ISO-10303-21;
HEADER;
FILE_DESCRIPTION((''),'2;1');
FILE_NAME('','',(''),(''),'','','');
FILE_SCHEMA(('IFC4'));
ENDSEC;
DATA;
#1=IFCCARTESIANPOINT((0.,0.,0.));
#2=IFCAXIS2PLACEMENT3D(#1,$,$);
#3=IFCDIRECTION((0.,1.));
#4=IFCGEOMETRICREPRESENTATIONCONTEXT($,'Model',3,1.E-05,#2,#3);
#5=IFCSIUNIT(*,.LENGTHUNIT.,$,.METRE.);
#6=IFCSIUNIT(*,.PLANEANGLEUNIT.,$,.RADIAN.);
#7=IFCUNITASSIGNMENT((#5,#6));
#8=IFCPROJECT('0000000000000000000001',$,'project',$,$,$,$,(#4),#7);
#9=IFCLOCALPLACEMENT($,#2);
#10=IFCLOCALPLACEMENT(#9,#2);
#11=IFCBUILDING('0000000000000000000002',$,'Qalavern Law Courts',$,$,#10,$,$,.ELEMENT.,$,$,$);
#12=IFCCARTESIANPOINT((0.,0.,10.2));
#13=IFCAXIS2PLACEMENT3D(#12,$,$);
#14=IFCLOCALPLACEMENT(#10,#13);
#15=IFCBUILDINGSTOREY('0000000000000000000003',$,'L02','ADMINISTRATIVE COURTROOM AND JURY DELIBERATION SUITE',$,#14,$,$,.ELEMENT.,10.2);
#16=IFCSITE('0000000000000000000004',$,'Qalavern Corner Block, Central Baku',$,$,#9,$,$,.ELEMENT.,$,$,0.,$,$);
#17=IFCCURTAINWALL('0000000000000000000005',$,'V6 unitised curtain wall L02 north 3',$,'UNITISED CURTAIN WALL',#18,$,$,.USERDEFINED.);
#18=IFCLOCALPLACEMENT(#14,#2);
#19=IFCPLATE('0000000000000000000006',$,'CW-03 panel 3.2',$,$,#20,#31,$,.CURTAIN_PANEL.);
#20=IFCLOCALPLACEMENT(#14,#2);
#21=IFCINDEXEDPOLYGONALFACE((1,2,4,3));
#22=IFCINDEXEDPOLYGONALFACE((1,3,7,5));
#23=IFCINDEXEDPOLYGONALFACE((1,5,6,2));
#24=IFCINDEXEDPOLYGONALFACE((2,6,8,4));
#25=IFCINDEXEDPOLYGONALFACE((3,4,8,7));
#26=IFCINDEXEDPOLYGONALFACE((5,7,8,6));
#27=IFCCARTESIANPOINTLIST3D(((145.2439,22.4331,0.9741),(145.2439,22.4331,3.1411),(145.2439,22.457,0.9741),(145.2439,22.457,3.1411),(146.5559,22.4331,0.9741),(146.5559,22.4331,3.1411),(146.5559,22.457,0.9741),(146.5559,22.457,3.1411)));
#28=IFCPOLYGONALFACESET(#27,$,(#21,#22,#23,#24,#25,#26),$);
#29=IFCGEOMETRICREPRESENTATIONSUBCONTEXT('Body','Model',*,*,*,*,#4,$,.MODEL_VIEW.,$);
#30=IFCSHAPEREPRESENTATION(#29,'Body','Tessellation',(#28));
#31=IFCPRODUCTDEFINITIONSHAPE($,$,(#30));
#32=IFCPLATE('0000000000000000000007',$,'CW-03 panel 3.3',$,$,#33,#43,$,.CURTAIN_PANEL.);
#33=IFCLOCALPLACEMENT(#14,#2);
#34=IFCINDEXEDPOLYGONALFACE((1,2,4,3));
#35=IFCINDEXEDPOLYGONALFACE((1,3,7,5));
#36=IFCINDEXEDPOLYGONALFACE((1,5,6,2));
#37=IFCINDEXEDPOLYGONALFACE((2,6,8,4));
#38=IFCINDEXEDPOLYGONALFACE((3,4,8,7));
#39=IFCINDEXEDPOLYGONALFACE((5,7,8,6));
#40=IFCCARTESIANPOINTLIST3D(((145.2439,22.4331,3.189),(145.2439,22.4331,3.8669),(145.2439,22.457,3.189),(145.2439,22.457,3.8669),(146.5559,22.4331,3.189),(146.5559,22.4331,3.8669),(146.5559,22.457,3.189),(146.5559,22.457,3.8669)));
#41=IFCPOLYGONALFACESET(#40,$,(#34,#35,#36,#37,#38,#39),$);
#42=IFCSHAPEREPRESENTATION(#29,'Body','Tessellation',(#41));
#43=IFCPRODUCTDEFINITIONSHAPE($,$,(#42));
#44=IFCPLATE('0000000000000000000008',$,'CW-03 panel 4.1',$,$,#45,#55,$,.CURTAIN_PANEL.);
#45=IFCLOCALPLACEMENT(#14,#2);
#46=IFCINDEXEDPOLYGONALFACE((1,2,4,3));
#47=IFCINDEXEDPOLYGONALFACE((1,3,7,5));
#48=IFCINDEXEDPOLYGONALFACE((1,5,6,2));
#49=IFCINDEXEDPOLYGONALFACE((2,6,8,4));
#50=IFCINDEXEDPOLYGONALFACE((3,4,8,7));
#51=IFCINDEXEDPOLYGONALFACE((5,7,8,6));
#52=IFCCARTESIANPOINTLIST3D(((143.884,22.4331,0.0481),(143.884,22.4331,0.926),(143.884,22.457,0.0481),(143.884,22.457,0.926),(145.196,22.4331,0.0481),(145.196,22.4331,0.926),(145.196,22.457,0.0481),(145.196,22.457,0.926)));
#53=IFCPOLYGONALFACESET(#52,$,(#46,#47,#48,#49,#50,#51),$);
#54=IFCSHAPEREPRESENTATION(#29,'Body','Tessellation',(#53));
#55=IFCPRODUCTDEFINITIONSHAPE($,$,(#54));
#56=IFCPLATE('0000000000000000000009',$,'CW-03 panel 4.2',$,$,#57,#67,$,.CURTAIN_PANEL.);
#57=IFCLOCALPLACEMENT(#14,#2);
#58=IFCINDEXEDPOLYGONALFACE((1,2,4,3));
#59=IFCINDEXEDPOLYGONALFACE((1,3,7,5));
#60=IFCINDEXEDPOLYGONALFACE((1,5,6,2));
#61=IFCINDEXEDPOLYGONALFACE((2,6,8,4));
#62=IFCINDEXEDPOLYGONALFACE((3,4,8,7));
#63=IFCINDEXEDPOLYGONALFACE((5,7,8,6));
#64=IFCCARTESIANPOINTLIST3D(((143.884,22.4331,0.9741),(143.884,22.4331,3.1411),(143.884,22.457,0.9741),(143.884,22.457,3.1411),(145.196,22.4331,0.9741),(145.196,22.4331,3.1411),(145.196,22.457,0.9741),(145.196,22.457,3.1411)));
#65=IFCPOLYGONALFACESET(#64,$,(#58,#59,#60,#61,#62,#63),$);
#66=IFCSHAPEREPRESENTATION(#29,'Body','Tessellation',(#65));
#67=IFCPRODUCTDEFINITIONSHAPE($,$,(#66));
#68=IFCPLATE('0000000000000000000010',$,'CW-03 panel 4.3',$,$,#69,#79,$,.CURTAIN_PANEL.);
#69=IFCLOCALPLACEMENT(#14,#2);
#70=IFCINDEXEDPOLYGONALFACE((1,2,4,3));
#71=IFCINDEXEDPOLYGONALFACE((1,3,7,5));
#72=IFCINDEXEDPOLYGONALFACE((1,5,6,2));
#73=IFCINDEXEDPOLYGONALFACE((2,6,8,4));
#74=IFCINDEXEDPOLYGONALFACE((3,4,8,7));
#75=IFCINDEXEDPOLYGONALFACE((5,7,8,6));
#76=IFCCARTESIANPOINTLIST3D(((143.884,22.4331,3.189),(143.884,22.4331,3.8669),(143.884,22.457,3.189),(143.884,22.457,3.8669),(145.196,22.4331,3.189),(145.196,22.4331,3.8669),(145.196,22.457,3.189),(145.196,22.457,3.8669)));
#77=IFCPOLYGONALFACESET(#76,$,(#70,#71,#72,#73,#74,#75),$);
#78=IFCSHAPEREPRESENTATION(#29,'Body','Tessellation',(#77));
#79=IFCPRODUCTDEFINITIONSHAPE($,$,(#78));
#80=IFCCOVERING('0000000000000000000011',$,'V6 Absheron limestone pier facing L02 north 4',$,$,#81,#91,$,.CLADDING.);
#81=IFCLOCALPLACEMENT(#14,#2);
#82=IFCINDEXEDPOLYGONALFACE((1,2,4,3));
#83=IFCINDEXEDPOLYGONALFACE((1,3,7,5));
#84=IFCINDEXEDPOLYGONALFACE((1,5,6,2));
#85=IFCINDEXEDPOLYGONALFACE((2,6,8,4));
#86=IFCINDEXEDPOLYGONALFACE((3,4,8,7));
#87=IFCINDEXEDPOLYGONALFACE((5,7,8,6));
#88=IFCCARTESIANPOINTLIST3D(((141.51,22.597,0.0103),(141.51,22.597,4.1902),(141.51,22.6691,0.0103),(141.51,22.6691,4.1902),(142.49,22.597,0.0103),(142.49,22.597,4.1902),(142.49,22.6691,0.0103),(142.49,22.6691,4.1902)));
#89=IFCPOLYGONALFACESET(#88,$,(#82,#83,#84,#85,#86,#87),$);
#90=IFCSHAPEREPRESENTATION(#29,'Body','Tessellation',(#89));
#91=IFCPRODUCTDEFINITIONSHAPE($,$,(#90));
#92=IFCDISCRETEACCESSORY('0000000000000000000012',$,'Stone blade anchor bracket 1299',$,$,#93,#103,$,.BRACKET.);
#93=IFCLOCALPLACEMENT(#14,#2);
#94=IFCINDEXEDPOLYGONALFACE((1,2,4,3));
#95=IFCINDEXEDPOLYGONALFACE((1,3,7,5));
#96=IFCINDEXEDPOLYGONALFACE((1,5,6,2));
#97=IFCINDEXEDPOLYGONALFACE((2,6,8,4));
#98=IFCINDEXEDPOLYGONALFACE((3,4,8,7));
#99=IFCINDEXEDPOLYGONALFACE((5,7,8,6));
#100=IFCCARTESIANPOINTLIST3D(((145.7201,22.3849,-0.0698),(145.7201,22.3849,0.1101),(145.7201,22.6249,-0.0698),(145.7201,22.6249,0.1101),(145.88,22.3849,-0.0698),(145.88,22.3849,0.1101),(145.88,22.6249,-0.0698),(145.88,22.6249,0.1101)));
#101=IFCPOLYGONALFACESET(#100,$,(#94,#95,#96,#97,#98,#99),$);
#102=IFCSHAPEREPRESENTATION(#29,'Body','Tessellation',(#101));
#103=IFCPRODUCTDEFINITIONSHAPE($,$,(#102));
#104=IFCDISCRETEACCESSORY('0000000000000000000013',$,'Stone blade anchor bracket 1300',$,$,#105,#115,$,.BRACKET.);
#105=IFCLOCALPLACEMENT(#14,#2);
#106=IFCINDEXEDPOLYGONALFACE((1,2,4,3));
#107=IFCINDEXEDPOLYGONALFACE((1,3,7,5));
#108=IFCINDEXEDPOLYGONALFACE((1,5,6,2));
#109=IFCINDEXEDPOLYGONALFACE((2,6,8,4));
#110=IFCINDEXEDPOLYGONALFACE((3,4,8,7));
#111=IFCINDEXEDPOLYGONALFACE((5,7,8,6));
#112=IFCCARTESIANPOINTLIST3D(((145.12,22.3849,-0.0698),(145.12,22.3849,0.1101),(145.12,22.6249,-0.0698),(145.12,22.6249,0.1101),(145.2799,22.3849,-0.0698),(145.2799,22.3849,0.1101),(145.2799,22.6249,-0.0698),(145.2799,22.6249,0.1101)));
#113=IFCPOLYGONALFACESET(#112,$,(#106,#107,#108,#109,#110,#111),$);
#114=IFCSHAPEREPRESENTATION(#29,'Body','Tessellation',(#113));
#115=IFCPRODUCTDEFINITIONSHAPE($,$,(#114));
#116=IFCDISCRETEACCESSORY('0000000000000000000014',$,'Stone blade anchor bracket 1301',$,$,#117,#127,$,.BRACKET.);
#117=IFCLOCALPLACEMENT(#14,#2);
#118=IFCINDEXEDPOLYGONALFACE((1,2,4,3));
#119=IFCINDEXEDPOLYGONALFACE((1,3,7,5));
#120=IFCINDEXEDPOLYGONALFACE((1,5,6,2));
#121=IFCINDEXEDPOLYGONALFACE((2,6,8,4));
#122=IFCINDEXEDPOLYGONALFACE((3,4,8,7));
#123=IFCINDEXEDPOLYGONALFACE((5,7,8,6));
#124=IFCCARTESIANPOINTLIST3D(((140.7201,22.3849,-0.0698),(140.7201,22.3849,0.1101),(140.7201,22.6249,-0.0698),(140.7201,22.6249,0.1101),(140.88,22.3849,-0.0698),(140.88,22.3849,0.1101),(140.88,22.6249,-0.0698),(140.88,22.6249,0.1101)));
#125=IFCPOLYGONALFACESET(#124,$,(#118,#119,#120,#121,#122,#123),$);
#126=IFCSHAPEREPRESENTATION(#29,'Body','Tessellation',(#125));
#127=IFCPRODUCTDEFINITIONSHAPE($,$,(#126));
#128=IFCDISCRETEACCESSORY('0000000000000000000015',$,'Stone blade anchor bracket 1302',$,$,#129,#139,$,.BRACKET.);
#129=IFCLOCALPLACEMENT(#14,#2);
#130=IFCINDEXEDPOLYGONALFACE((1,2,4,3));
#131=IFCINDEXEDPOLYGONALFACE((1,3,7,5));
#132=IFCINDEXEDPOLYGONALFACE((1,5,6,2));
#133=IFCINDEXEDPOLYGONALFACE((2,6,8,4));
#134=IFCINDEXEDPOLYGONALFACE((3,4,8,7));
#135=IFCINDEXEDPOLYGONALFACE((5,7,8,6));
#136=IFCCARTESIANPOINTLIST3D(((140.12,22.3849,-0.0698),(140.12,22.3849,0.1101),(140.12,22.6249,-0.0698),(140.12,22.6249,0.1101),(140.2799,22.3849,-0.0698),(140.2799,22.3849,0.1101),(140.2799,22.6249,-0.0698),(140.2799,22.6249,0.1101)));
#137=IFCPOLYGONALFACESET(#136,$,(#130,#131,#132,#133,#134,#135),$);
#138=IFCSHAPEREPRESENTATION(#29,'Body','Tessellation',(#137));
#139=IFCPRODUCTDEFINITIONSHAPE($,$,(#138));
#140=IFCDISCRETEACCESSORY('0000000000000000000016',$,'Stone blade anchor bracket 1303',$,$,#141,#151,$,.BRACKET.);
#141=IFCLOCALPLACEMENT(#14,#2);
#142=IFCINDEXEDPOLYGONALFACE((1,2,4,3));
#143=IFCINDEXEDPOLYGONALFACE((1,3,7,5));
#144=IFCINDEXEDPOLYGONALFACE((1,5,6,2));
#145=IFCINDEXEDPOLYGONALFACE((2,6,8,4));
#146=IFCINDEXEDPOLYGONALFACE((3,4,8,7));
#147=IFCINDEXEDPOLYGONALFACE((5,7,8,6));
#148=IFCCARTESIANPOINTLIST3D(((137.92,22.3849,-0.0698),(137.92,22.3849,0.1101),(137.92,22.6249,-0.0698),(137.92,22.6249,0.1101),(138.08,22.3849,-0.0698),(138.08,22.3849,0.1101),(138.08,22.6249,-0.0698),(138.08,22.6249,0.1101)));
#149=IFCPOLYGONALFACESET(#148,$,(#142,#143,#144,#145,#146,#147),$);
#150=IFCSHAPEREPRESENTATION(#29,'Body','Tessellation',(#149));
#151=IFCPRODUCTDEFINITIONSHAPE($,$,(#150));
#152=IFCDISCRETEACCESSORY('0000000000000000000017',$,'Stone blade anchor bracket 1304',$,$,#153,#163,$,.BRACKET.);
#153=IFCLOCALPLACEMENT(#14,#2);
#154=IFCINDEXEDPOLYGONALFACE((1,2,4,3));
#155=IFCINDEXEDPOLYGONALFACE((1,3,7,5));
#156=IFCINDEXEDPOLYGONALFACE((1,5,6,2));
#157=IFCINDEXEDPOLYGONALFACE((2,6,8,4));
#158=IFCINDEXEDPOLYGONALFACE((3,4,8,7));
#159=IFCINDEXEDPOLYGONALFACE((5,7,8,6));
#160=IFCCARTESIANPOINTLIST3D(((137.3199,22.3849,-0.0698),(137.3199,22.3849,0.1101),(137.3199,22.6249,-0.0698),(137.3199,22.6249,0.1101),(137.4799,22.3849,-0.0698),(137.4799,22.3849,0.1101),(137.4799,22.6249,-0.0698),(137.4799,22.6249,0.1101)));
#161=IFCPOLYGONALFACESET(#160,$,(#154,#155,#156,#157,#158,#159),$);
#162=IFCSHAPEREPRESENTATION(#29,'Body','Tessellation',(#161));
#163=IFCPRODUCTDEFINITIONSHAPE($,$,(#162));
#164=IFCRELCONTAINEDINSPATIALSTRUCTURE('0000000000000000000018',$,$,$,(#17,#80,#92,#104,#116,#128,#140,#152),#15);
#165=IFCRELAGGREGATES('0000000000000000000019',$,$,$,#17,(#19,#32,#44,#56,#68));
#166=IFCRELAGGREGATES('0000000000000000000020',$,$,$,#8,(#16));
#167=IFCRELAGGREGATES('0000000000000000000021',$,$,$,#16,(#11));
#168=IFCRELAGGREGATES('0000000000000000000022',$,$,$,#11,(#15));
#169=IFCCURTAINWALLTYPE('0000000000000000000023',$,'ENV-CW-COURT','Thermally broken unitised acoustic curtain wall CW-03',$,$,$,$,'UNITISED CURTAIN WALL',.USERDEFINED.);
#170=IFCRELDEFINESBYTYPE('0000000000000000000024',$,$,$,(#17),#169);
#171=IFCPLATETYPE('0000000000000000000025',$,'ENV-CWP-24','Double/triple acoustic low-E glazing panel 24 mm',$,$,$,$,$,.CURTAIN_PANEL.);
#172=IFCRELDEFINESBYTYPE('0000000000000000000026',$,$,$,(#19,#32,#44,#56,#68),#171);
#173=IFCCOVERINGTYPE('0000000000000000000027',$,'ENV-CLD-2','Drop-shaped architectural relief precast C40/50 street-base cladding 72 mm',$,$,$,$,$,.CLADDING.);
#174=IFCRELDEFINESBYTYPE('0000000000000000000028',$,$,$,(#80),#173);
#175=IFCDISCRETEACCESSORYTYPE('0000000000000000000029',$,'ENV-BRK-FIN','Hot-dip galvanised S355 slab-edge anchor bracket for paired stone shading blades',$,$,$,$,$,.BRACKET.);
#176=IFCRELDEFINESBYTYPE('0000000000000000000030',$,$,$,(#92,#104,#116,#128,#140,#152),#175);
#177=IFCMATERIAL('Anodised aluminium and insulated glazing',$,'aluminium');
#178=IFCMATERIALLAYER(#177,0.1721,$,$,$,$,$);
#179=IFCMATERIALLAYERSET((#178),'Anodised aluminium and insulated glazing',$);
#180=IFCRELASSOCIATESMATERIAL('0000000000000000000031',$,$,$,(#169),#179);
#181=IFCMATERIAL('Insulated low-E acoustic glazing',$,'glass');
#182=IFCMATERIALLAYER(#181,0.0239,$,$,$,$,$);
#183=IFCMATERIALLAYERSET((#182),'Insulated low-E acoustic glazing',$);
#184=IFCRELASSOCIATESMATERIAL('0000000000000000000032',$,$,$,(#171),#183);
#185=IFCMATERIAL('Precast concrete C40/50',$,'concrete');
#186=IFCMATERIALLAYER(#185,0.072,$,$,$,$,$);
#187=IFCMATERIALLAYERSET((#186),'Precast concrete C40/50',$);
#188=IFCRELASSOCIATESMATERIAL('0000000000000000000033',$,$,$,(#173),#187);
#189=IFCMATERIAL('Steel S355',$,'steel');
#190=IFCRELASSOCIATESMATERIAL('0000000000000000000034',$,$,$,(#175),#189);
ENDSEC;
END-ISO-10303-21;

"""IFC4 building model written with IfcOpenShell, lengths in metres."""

from ifc_helpers import new_model, si_unit, direction, frame, origin, origin_2d, place, context, subcontext, project, spatial, rectangle, extrude, material, layer, layer_set, type_object, element, aggregate, save


model = new_model("IFC4")

# Units and contexts
model_context = context("Model", 3, precision=1e-05, world=origin(), true_north=direction((0.0, 1.0)))
body_context = subcontext(model_context, "Body", "Model", "MODEL_VIEW")
ifc_project = project(units=[si_unit("LENGTHUNIT", "METRE"), si_unit("PLANEANGLEUNIT", "RADIAN")], contexts=[model_context])

# Site, building, storey
site_placement = place(None, origin())
site = spatial("IfcSite", under=ifc_project, at=site_placement, Name="Qalavern Corner Block, Central Baku", CompositionType="ELEMENT", RefElevation=0.0)
building_placement = place(site_placement, origin())
building = spatial("IfcBuilding", under=site, at=building_placement, Name="Qalavern Law Courts", CompositionType="ELEMENT")
storey_placement = place(building_placement, frame((0.0, 0.0, 10.2)))
storey = spatial("IfcBuildingStorey", under=building, at=storey_placement, Name="L02", Description="ADMINISTRATIVE COURTROOM AND JURY DELIBERATION SUITE", CompositionType="ELEMENT", Elevation=10.2)

# Curtain wall, plates
ifc_material_1 = material(Name="Anodised aluminium and insulated glazing", Category="aluminium")
ifc_layer_1 = layer(ifc_material_1, 0.1721)
ifc_layer_set_1 = layer_set([ifc_layer_1], Name="Anodised aluminium and insulated glazing")
curtain_wall_type = type_object("IfcCurtainWallType", Name="ENV-CW-COURT", Description="Thermally broken unitised acoustic curtain wall CW-03", ElementType="UNITISED CURTAIN WALL", PredefinedType="USERDEFINED", material=ifc_layer_set_1)
curtain_wall_placement = place(storey_placement, origin())
curtain_wall = element("IfcCurtainWall", 1, at=curtain_wall_placement, inside=storey, type_object=curtain_wall_type, Name="V6 unitised curtain wall L02 north 3", ObjectType="UNITISED CURTAIN WALL", PredefinedType="USERDEFINED")
ifc_material_2 = material(Name="Insulated low-E acoustic glazing", Category="glass")
ifc_layer_2 = layer(ifc_material_2, 0.0239)
ifc_layer_set_2 = layer_set([ifc_layer_2], Name="Insulated low-E acoustic glazing")
plate_type = type_object("IfcPlateType", Name="ENV-CWP-24", Description="Double/triple acoustic low-E glazing panel 24 mm", PredefinedType="CURTAIN_PANEL", material=ifc_layer_set_2)
plate_1_placement = place(storey_placement, frame((145.8999, 22.4451, 0.9741), z_axis=(0.0, 0.0, 1.0), x_axis=(-1.0, 0.0, 0.0)))
plate_1 = element("IfcPlate", 2, at=plate_1_placement, type_object=plate_type, Name="CW-03 panel 3.2", PredefinedType="CURTAIN_PANEL", context=body_context, shape_type="SweptSolid", body=[
    extrude(rectangle(XDim=1.312, YDim=0.0239, at=origin_2d()), origin(), (0.0, 0.0, 1.0), 2.167),
])
plate_2_placement = place(storey_placement, frame((145.8999, 22.4451, 3.189), z_axis=(0.0, 0.0, 1.0), x_axis=(-1.0, 0.0, 0.0)))
plate_2 = element("IfcPlate", 3, at=plate_2_placement, type_object=plate_type, Name="CW-03 panel 3.3", PredefinedType="CURTAIN_PANEL", context=body_context, shape_type="SweptSolid", body=[
    extrude(rectangle(XDim=1.312, YDim=0.0239, at=origin_2d()), origin(), (0.0, 0.0, 1.0), 0.678),
])
plate_3_placement = place(storey_placement, frame((144.54, 22.4451, 0.0481), z_axis=(0.0, 0.0, 1.0), x_axis=(-1.0, 0.0, 0.0)))
plate_3 = element("IfcPlate", 4, at=plate_3_placement, type_object=plate_type, Name="CW-03 panel 4.1", PredefinedType="CURTAIN_PANEL", context=body_context, shape_type="SweptSolid", body=[
    extrude(rectangle(XDim=1.312, YDim=0.0239, at=origin_2d()), origin(), (0.0, 0.0, 1.0), 0.8779),
])
plate_4_placement = place(storey_placement, frame((144.54, 22.4451, 0.9741), z_axis=(0.0, 0.0, 1.0), x_axis=(-1.0, 0.0, 0.0)))
plate_4 = element("IfcPlate", 5, at=plate_4_placement, type_object=plate_type, Name="CW-03 panel 4.2", PredefinedType="CURTAIN_PANEL", context=body_context, shape_type="SweptSolid", body=[
    extrude(rectangle(XDim=1.312, YDim=0.0239, at=origin_2d()), origin(), (0.0, 0.0, 1.0), 2.167),
])
plate_5_placement = place(storey_placement, frame((144.54, 22.4451, 3.189), z_axis=(0.0, 0.0, 1.0), x_axis=(-1.0, 0.0, 0.0)))
plate_5 = element("IfcPlate", 6, at=plate_5_placement, type_object=plate_type, Name="CW-03 panel 4.3", PredefinedType="CURTAIN_PANEL", context=body_context, shape_type="SweptSolid", body=[
    extrude(rectangle(XDim=1.312, YDim=0.0239, at=origin_2d()), origin(), (0.0, 0.0, 1.0), 0.678),
])
aggregate(curtain_wall, [plate_1, plate_2, plate_3, plate_4, plate_5])

# Covering
ifc_material_3 = material(Name="Precast concrete C40/50", Category="concrete")
ifc_layer_3 = layer(ifc_material_3, 0.072)
ifc_layer_set_3 = layer_set([ifc_layer_3], Name="Precast concrete C40/50")
covering_type = type_object("IfcCoveringType", Name="ENV-CLD-2", Description="Drop-shaped architectural relief precast C40/50 street-base cladding 72 mm", PredefinedType="CLADDING", material=ifc_layer_set_3)
covering_placement = place(storey_placement, frame((142.0, 22.6331, 0.0103), z_axis=(0.0, 0.0, 1.0), x_axis=(-1.0, 0.0, 0.0)))
element("IfcCovering", 7, at=covering_placement, inside=storey, type_object=covering_type, Name="V6 Absheron limestone pier facing L02 north 4", PredefinedType="CLADDING", context=body_context, shape_type="SweptSolid", body=[
    extrude(rectangle(XDim=0.98, YDim=0.072, at=origin_2d()), origin(), (0.0, 0.0, 1.0), 4.1799),
])

# Discrete accessories
ifc_material_4 = material(Name="Steel S355", Category="steel")
discrete_accessory_type = type_object("IfcDiscreteAccessoryType", Name="ENV-BRK-FIN", Description="Hot-dip galvanised S355 slab-edge anchor bracket for paired stone shading blades", PredefinedType="BRACKET", material=ifc_material_4)
for number, where, z_axis, x_axis, name in (
    (8, (145.8, 22.5049, -0.0698), (0.0, 0.0, 1.0), (0.0, 1.0, 0.0), "Stone blade anchor bracket 1299"),
    (9, (145.2, 22.5049, -0.0698), (0.0, 0.0, 1.0), (0.0, 1.0, 0.0), "Stone blade anchor bracket 1300"),
    (10, (140.8, 22.5049, -0.0698), (0.0, 0.0, 1.0), (0.0, 1.0, 0.0), "Stone blade anchor bracket 1301"),
    (11, (140.2, 22.5049, -0.0698), (0.0, 0.0, 1.0), (0.0, 1.0, 0.0), "Stone blade anchor bracket 1302"),
    (12, (138.0, 22.5049, -0.0698), (0.0, 0.0, 1.0), (0.0, 1.0, 0.0), "Stone blade anchor bracket 1303"),
    (13, (137.3999, 22.5049, -0.0698), (0.0, 0.0, 1.0), (0.0, 1.0, 0.0), "Stone blade anchor bracket 1304"),
):
    element("IfcDiscreteAccessory", number, at=place(storey_placement, frame(where, z_axis=z_axis, x_axis=x_axis)), inside=storey, type_object=discrete_accessory_type, Name=name, PredefinedType="BRACKET", context=body_context, shape_type="SweptSolid", body=[
        extrude(rectangle(XDim=0.24, YDim=0.1599, at=origin_2d()), origin(), (0.0, 0.0, 1.0), 0.1799),
    ])

save(model, "model.ifc")
